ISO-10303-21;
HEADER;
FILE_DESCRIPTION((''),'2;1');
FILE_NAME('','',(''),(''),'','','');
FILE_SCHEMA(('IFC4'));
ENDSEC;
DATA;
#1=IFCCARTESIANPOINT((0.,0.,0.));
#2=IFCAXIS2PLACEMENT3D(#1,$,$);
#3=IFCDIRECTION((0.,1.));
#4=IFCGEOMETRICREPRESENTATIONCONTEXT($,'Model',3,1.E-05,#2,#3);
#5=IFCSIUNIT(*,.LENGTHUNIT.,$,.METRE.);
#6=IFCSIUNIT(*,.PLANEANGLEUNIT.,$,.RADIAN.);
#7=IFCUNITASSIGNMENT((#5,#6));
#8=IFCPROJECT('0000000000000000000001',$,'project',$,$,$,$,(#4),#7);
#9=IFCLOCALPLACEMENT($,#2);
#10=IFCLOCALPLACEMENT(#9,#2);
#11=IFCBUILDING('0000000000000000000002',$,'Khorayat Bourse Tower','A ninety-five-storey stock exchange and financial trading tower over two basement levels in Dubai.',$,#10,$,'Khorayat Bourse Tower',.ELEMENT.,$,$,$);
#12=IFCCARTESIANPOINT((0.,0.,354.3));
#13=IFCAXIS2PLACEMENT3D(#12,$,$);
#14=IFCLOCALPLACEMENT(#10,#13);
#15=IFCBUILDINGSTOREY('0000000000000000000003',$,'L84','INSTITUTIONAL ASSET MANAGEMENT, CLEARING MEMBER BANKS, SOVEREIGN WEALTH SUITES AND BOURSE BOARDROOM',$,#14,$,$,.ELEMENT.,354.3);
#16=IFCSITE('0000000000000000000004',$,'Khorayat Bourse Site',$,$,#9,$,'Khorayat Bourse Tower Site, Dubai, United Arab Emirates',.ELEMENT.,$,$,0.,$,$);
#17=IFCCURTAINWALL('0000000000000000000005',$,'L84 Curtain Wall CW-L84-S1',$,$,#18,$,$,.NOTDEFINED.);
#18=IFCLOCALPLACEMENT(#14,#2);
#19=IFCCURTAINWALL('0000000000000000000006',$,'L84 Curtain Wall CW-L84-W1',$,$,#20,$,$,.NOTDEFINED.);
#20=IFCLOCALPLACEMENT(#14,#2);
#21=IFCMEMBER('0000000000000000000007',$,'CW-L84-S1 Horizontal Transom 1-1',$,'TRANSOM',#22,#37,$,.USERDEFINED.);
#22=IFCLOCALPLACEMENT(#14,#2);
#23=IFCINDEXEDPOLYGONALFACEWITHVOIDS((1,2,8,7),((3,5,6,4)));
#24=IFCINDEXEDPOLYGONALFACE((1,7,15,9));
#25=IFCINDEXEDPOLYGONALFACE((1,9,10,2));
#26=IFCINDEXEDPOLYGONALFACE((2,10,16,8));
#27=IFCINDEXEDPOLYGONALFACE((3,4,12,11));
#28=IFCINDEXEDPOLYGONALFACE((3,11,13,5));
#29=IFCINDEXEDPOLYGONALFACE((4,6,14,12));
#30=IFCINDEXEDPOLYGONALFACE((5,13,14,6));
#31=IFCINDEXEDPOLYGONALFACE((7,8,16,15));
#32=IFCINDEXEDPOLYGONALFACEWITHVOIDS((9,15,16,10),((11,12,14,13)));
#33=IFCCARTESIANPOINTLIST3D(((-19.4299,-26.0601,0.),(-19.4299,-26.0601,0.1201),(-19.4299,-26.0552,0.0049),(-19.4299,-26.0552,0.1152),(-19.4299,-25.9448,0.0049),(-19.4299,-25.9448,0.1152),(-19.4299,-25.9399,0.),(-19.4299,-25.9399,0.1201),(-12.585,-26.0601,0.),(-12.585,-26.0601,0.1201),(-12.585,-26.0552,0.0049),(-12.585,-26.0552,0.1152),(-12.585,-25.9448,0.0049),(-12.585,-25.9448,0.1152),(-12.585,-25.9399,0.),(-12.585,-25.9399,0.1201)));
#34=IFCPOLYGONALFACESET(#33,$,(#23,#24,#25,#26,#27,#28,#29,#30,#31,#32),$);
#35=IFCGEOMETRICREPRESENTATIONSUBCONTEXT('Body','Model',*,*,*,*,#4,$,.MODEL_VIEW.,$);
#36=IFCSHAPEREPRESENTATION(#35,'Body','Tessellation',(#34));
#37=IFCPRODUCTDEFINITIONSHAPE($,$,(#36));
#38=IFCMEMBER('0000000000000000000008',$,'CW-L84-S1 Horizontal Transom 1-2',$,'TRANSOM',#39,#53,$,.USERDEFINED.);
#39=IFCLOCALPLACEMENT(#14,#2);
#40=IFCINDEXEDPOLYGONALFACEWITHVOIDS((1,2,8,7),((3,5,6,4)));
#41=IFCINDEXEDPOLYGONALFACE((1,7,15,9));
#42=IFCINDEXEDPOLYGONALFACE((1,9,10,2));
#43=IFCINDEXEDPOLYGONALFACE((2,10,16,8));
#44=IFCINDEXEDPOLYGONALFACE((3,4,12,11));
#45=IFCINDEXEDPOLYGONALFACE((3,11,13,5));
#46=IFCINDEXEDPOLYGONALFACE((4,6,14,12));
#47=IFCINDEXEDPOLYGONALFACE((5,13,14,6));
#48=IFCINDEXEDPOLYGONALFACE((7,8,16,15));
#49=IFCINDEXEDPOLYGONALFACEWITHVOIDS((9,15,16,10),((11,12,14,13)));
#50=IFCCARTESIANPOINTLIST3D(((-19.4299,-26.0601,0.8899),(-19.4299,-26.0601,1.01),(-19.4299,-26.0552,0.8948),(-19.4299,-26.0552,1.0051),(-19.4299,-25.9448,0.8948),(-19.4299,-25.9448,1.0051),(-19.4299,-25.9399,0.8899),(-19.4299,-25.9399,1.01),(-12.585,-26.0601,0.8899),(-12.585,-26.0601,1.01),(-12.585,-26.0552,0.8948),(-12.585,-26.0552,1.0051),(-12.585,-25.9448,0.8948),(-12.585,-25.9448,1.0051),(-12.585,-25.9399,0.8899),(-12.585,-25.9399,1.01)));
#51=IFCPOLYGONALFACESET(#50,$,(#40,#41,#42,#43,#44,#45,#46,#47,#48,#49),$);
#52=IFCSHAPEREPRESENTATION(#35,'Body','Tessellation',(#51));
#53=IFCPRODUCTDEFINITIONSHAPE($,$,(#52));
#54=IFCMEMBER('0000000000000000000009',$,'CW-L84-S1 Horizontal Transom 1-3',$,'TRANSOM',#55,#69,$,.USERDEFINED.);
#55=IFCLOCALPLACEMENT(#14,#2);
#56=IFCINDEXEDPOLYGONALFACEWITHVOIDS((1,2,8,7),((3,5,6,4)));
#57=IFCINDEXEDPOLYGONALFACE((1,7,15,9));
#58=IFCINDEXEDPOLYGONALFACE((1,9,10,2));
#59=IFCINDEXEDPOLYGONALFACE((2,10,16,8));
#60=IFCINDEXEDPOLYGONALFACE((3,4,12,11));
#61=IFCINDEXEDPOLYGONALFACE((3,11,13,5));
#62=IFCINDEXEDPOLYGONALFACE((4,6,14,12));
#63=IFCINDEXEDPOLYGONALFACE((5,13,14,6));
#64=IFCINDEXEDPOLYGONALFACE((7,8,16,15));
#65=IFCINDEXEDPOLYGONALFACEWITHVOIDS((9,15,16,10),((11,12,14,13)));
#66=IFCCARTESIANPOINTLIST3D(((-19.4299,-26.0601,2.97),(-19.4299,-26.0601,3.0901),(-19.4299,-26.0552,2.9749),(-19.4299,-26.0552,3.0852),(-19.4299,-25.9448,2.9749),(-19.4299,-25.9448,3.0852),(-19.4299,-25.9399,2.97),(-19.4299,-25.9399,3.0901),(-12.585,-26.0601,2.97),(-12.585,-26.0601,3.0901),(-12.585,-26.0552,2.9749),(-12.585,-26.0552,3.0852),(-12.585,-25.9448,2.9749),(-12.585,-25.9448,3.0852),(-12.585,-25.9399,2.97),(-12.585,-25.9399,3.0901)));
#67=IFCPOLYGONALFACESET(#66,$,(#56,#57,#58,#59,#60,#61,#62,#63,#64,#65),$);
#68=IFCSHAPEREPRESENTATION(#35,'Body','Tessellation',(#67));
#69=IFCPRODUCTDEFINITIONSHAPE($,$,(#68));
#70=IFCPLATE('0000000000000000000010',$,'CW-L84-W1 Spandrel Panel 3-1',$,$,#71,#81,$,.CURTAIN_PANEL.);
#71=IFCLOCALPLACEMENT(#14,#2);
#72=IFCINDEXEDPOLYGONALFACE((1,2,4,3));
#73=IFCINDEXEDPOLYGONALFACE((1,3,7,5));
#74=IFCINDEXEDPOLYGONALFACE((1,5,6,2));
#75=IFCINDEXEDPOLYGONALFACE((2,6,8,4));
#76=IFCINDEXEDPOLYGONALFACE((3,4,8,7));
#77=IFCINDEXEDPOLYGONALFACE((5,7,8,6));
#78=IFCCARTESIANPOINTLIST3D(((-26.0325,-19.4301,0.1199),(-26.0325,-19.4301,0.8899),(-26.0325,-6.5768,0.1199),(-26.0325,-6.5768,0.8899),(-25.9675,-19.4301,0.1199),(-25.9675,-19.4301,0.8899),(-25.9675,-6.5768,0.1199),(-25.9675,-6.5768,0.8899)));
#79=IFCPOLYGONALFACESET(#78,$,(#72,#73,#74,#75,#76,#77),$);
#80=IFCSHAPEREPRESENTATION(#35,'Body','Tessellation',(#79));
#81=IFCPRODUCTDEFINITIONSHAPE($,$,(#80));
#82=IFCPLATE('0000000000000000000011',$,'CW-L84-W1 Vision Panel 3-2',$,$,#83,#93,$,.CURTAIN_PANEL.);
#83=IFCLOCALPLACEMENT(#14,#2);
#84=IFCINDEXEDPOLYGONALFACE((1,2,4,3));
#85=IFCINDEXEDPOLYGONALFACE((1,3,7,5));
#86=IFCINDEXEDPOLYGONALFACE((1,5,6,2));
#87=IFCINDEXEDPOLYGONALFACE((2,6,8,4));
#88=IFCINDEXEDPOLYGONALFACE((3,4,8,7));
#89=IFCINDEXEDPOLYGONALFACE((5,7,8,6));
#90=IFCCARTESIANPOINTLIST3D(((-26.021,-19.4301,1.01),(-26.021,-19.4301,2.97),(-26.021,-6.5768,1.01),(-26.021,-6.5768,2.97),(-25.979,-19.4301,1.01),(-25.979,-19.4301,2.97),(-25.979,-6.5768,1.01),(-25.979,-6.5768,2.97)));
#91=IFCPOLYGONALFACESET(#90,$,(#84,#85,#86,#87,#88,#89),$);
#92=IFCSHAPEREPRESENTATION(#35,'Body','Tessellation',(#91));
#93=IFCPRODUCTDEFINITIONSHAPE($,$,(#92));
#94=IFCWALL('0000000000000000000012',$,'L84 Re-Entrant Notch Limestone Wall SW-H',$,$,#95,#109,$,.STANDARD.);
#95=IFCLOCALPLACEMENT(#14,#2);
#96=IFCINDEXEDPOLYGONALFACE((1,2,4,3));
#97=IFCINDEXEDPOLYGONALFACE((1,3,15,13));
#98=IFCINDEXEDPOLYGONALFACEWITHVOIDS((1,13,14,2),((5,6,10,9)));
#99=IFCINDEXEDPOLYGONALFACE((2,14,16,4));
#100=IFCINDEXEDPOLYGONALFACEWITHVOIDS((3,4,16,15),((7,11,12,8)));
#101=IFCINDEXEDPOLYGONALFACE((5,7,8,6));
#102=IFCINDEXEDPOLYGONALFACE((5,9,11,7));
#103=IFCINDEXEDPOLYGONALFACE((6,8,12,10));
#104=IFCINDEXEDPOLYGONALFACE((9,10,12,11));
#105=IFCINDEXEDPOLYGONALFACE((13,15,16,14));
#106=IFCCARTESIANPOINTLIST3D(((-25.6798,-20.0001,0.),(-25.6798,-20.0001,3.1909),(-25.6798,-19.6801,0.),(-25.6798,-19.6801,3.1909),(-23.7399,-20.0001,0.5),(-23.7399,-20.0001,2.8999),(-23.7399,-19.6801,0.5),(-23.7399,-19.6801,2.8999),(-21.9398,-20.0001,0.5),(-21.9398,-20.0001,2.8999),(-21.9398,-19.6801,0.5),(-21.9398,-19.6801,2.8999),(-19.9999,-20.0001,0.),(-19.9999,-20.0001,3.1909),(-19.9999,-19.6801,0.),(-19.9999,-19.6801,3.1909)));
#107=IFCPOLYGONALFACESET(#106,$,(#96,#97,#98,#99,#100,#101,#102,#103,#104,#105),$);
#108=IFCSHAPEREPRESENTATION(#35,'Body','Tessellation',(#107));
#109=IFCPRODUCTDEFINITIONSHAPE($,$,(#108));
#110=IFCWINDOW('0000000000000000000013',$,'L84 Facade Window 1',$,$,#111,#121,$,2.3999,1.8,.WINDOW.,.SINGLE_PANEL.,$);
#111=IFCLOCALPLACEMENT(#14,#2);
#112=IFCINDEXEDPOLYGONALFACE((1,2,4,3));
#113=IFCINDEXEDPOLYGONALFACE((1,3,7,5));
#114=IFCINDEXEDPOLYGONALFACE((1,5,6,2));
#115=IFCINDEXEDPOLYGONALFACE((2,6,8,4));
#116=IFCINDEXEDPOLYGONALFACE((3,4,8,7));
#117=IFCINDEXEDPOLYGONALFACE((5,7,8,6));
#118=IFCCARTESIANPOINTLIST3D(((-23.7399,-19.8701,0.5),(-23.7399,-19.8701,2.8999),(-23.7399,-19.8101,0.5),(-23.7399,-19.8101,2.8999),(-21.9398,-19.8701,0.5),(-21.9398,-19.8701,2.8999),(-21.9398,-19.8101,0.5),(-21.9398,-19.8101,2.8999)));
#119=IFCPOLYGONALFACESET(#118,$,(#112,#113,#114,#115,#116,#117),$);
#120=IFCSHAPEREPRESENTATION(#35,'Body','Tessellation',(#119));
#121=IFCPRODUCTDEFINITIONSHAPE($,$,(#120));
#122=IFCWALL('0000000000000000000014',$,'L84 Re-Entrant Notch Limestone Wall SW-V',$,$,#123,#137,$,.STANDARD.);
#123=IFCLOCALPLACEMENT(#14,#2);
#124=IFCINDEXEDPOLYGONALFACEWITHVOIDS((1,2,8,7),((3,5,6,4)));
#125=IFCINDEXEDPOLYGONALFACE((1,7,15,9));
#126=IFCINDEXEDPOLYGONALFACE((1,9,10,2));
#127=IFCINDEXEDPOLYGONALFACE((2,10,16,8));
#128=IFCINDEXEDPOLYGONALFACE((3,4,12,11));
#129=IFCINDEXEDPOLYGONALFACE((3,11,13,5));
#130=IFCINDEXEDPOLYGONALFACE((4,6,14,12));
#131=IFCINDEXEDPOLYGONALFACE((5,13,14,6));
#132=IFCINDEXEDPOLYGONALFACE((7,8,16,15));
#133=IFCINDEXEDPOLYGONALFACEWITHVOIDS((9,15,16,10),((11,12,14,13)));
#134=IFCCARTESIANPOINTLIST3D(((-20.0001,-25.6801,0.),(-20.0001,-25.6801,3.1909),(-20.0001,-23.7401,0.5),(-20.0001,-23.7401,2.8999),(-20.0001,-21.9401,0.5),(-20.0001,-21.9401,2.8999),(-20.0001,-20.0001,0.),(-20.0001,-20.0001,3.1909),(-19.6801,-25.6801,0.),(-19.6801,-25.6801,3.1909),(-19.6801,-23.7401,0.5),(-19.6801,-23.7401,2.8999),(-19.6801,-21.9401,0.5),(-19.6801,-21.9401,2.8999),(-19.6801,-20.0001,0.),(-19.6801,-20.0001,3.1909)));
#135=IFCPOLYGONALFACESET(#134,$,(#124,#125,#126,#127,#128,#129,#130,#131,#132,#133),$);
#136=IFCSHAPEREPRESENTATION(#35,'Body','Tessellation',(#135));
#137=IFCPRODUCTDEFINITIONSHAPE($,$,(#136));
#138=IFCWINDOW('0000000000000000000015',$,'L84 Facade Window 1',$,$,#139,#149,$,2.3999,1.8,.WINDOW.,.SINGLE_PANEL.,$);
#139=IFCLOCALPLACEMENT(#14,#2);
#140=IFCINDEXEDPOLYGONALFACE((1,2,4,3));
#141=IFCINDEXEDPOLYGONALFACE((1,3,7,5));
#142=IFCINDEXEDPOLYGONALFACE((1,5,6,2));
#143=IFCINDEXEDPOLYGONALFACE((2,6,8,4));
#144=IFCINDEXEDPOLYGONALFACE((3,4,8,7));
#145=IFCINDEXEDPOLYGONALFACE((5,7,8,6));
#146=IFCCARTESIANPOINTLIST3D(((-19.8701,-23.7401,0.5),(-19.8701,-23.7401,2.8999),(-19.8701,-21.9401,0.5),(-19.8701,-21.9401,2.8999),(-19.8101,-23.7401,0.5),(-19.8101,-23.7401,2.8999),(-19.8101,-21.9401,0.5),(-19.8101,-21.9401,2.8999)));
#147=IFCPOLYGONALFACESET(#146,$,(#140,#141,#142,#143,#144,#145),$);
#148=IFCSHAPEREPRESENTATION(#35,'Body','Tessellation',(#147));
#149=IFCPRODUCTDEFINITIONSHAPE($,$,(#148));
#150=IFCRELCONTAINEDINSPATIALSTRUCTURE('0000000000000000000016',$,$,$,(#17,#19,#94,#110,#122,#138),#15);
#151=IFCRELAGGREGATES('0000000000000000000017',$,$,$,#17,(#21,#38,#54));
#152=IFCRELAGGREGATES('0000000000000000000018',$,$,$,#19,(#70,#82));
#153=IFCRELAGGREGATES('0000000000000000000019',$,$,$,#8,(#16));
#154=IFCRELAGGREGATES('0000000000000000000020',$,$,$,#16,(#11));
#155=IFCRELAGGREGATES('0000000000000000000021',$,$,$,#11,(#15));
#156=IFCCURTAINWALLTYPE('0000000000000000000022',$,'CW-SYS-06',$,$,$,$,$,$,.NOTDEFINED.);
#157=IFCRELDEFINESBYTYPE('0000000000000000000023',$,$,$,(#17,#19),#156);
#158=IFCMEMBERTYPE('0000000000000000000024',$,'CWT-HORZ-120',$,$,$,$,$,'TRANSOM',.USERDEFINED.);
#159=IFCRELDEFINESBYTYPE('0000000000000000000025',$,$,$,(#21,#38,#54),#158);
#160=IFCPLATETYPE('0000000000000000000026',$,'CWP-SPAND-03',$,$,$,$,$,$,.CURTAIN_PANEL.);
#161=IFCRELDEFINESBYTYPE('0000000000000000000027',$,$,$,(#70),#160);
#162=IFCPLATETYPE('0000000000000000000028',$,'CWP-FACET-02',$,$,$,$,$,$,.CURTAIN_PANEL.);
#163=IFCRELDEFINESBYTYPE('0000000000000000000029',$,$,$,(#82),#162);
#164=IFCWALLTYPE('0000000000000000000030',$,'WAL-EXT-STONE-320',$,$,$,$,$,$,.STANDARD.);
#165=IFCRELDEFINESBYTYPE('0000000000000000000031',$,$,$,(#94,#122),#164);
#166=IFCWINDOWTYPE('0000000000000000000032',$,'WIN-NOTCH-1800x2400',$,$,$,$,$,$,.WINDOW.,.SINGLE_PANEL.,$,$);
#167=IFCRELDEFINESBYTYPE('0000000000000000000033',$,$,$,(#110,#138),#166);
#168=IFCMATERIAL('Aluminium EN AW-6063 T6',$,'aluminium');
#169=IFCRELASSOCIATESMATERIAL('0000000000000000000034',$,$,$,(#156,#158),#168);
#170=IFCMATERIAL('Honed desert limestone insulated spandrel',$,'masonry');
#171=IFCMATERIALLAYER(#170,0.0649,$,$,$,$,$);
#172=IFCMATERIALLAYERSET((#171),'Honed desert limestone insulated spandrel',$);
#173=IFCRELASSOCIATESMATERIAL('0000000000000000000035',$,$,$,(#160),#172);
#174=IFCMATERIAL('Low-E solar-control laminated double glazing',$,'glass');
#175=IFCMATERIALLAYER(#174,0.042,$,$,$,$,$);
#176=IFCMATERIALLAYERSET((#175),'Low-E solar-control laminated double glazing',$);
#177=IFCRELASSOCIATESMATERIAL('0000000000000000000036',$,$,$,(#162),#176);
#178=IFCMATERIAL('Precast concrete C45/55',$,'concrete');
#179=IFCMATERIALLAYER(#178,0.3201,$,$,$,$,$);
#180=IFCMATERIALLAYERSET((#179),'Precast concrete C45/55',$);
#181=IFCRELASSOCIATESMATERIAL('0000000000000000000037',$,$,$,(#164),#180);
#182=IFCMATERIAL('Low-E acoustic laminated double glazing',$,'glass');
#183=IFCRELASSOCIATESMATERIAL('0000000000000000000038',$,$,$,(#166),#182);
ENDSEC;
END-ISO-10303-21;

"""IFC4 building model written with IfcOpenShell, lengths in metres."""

from ifc_helpers import new_model, si_unit, direction, frame, frame_2d, origin, origin_2d, place, context, subcontext, project, spatial, rectangle, hollow_rectangle, extrude, source, transform, mapped, material, layer, layer_set, material_profile, profile_set, type_object, element, fill, aggregate, save


model = new_model("IFC4")

# Units and contexts
model_context = context("Model", 3, precision=1e-05, world=origin(), true_north=direction((0.0, 1.0)))
body_context = subcontext(model_context, "Body", "Model", "MODEL_VIEW")
ifc_project = project(units=[si_unit("LENGTHUNIT", "METRE"), si_unit("PLANEANGLEUNIT", "RADIAN")], contexts=[model_context])

# Site, building, storey
site_placement = place(None, origin())
site = spatial("IfcSite", under=ifc_project, at=site_placement, Name="Khorayat Bourse Site", LongName="Khorayat Bourse Tower Site, Dubai, United Arab Emirates", CompositionType="ELEMENT", RefElevation=0.0)
building_placement = place(site_placement, origin())
building = spatial("IfcBuilding", under=site, at=building_placement, Name="Khorayat Bourse Tower", Description="A ninety-five-storey stock exchange and financial trading tower over two basement levels in Dubai.", LongName="Khorayat Bourse Tower", CompositionType="ELEMENT")
storey_placement = place(building_placement, frame((0.0, 0.0, 354.3)))
storey = spatial("IfcBuildingStorey", under=building, at=storey_placement, Name="L84", Description="INSTITUTIONAL ASSET MANAGEMENT, CLEARING MEMBER BANKS, SOVEREIGN WEALTH SUITES AND BOURSE BOARDROOM", CompositionType="ELEMENT", Elevation=354.3)

# Curtain wall
ifc_material_1 = material(Name="Aluminium EN AW-6063 T6", Category="aluminium")
curtain_wall_type = type_object("IfcCurtainWallType", Name="CW-SYS-06", PredefinedType="NOTDEFINED", material=ifc_material_1)
curtain_wall_1_placement = place(storey_placement, origin())
curtain_wall_1 = element("IfcCurtainWall", 1, at=curtain_wall_1_placement, inside=storey, type_object=curtain_wall_type, Name="L84 Curtain Wall CW-L84-S1", PredefinedType="NOTDEFINED")

# Curtain wall
curtain_wall_2_placement = place(storey_placement, origin())
curtain_wall_2 = element("IfcCurtainWall", 2, at=curtain_wall_2_placement, inside=storey, type_object=curtain_wall_type, Name="L84 Curtain Wall CW-L84-W1", PredefinedType="NOTDEFINED")

# Members
ifc_material_profile_1 = material_profile(ifc_material_1, hollow_rectangle(XDim=0.1201, YDim=0.1201, WallThickness=0.0049, at=origin_2d()), Name="ALU 120x120x5")
ifc_profile_set_1 = profile_set([ifc_material_profile_1], Name="Aluminium EN AW-6063 T6")
member_type_1 = type_object("IfcMemberType", Name="CWT-HORZ-120", ElementType="TRANSOM", PredefinedType="USERDEFINED", material=ifc_profile_set_1)
shared_shape_1 = source(origin(), body_context, "Body", "SweptSolid", [
    extrude(hollow_rectangle(XDim=0.1201, YDim=0.1201, WallThickness=0.0049, at=origin_2d()), origin(), (0.0, 0.0, 1.0), 6.845),
])
member_1_placement = place(storey_placement, frame((-19.4299, -26.0, 0.0601), z_axis=(1.0, 0.0, 0.0), x_axis=(0.0, 1.0, 0.0)))
member_1 = element("IfcMember", 3, at=member_1_placement, type_object=member_type_1, Name="CW-L84-S1 Horizontal Transom 1-1", ObjectType="TRANSOM", PredefinedType="USERDEFINED", context=body_context, shape_type="MappedRepresentation", body=[
    mapped(shared_shape_1, transform((0.0, 0.0, 0.0), scale=1.0)),
])
member_2_placement = place(storey_placement, frame((-19.4299, -26.0, 0.95), z_axis=(1.0, 0.0, 0.0), x_axis=(0.0, 1.0, 0.0)))
member_2 = element("IfcMember", 4, at=member_2_placement, type_object=member_type_1, Name="CW-L84-S1 Horizontal Transom 1-2", ObjectType="TRANSOM", PredefinedType="USERDEFINED", context=body_context, shape_type="MappedRepresentation", body=[
    mapped(shared_shape_1, transform((0.0, 0.0, 0.0), scale=1.0)),
])
member_3_placement = place(storey_placement, frame((-19.4299, -26.0, 3.03), z_axis=(1.0, 0.0, 0.0), x_axis=(0.0, 1.0, 0.0)))
member_3 = element("IfcMember", 5, at=member_3_placement, type_object=member_type_1, Name="CW-L84-S1 Horizontal Transom 1-3", ObjectType="TRANSOM", PredefinedType="USERDEFINED", context=body_context, shape_type="MappedRepresentation", body=[
    mapped(shared_shape_1, transform((0.0, 0.0, 0.0), scale=1.0)),
])
aggregate(curtain_wall_1, [member_1, member_2, member_3])

# Plates
ifc_material_2 = material(Name="Honed desert limestone insulated spandrel", Category="masonry")
ifc_layer_1 = layer(ifc_material_2, 0.0649)
ifc_layer_set_1 = layer_set([ifc_layer_1], Name="Honed desert limestone insulated spandrel")
plate_type_1 = type_object("IfcPlateType", Name="CWP-SPAND-03", PredefinedType="CURTAIN_PANEL", material=ifc_layer_set_1)
shared_shape_2 = source(origin(), body_context, "Body", "SweptSolid", [
    extrude(rectangle(XDim=12.8533, YDim=0.0649, at=origin_2d()), origin(), (0.0, 0.0, 1.0), 0.77),
])
plate_1_placement = place(storey_placement, frame((-26.0, -13.0034, 0.1199), z_axis=(0.0, 0.0, 1.0), x_axis=(0.0, -1.0, 0.0)))
plate_1 = element("IfcPlate", 6, at=plate_1_placement, type_object=plate_type_1, Name="CW-L84-W1 Spandrel Panel 3-1", PredefinedType="CURTAIN_PANEL", context=body_context, shape_type="MappedRepresentation", body=[
    mapped(shared_shape_2, transform((0.0, 0.0, 0.0), scale=1.0)),
])
ifc_material_3 = material(Name="Low-E solar-control laminated double glazing", Category="glass")
ifc_layer_2 = layer(ifc_material_3, 0.042)
ifc_layer_set_2 = layer_set([ifc_layer_2], Name="Low-E solar-control laminated double glazing")
plate_type_2 = type_object("IfcPlateType", Name="CWP-FACET-02", PredefinedType="CURTAIN_PANEL", material=ifc_layer_set_2)
shared_shape_3 = source(origin(), body_context, "Body", "SweptSolid", [
    extrude(rectangle(XDim=12.8533, YDim=0.042, at=origin_2d()), origin(), (0.0, 0.0, 1.0), 1.96),
])
plate_2_placement = place(storey_placement, frame((-26.0, -13.0034, 1.01), z_axis=(0.0, 0.0, 1.0), x_axis=(0.0, -1.0, 0.0)))
plate_2 = element("IfcPlate", 7, at=plate_2_placement, type_object=plate_type_2, Name="CW-L84-W1 Vision Panel 3-2", PredefinedType="CURTAIN_PANEL", context=body_context, shape_type="MappedRepresentation", body=[
    mapped(shared_shape_3, transform((0.0, 0.0, 0.0), scale=1.0)),
])
aggregate(curtain_wall_2, [plate_1, plate_2])

# Walls, openings, windows
ifc_material_4 = material(Name="Precast concrete C45/55", Category="concrete")
ifc_layer_3 = layer(ifc_material_4, 0.3201)
ifc_layer_set_3 = layer_set([ifc_layer_3], Name="Precast concrete C45/55")
wall_type_1 = type_object("IfcWallType", Name="WAL-EXT-STONE-320", PredefinedType="STANDARD", material=ifc_layer_set_3)
shared_shape_4 = source(origin(), body_context, "Body", "SweptSolid", [
    extrude(rectangle(XDim=5.6799, YDim=0.3201, at=frame_2d((2.8398, 0.0))), origin(), (0.0, 0.0, 1.0), 3.1909),
])
wall_1_placement = place(storey_placement, frame((-20.0, -19.8401, 0.0), z_axis=(0.0, 0.0, 1.0), x_axis=(-1.0, 0.0, 0.0)))
wall_1 = element("IfcWall", 8, at=wall_1_placement, inside=storey, type_object=wall_type_1, Name="L84 Re-Entrant Notch Limestone Wall SW-H", PredefinedType="STANDARD", context=body_context, shape_type="MappedRepresentation", body=[
    mapped(shared_shape_4, transform((0.0, 0.0, 0.0), scale=1.0)),
])
shared_shape_5 = source(origin(), body_context, "Body", "SweptSolid", [
    extrude(rectangle(XDim=1.8, YDim=2.3999, at=frame_2d((0.8999, 1.2))), frame((0.0, 0.1699, 0.0), z_axis=(0.0, -1.0, 0.0), x_axis=(1.0, 0.0, 0.0)), (0.0, 0.0, 1.0), 0.3401),
])
opening_1_placement = place(wall_1_placement, frame((1.9399, 0.0, 0.5)))
opening_1 = element("IfcOpeningElement", 9, at=opening_1_placement, cuts=wall_1, PredefinedType="OPENING", context=body_context, shape_type="MappedRepresentation", body=[
    mapped(shared_shape_5, transform((0.0, 0.0, 0.0), scale=1.0)),
])
ifc_material_5 = material(Name="Low-E acoustic laminated double glazing", Category="glass")
window_type = type_object("IfcWindowType", Name="WIN-NOTCH-1800x2400", PartitioningType="SINGLE_PANEL", PredefinedType="WINDOW", material=ifc_material_5)
shared_shape_6 = source(origin(), body_context, "Body", "SweptSolid", [
    extrude(rectangle(XDim=1.8, YDim=2.3999, at=frame_2d((0.8999, 1.2))), frame((0.0, 0.03, 0.0), z_axis=(0.0, -1.0, 0.0), x_axis=(1.0, 0.0, 0.0)), (0.0, 0.0, 1.0), 0.0601),
])
window_1_placement = place(opening_1_placement, origin())
window_1 = element("IfcWindow", 10, at=window_1_placement, inside=storey, type_object=window_type, Name="L84 Facade Window 1", OverallHeight=2.3999, OverallWidth=1.8, PartitioningType="SINGLE_PANEL", PredefinedType="WINDOW", context=body_context, shape_type="MappedRepresentation", body=[
    mapped(shared_shape_6, transform((0.0, 0.0, 0.0), scale=1.0)),
])
fill(opening_1, window_1)
wall_2_placement = place(storey_placement, frame((-19.8401, -25.6799, 0.0), z_axis=(0.0, 0.0, 1.0), x_axis=(0.0, 1.0, 0.0)))
wall_2 = element("IfcWall", 11, at=wall_2_placement, inside=storey, type_object=wall_type_1, Name="L84 Re-Entrant Notch Limestone Wall SW-V", PredefinedType="STANDARD", context=body_context, shape_type="MappedRepresentation", body=[
    mapped(shared_shape_4, transform((0.0, 0.0, 0.0), scale=1.0)),
])
opening_2_placement = place(wall_2_placement, frame((1.9399, 0.0, 0.5)))
opening_2 = element("IfcOpeningElement", 12, at=opening_2_placement, cuts=wall_2, PredefinedType="OPENING", context=body_context, shape_type="MappedRepresentation", body=[
    mapped(shared_shape_5, transform((0.0, 0.0, 0.0), scale=1.0)),
])
window_2_placement = place(opening_2_placement, origin())
window_2 = element("IfcWindow", 13, at=window_2_placement, inside=storey, type_object=window_type, Name="L84 Facade Window 1", OverallHeight=2.3999, OverallWidth=1.8, PartitioningType="SINGLE_PANEL", PredefinedType="WINDOW", context=body_context, shape_type="MappedRepresentation", body=[
    mapped(shared_shape_6, transform((0.0, 0.0, 0.0), scale=1.0)),
])
fill(opening_2, window_2)

save(model, "model.ifc")
